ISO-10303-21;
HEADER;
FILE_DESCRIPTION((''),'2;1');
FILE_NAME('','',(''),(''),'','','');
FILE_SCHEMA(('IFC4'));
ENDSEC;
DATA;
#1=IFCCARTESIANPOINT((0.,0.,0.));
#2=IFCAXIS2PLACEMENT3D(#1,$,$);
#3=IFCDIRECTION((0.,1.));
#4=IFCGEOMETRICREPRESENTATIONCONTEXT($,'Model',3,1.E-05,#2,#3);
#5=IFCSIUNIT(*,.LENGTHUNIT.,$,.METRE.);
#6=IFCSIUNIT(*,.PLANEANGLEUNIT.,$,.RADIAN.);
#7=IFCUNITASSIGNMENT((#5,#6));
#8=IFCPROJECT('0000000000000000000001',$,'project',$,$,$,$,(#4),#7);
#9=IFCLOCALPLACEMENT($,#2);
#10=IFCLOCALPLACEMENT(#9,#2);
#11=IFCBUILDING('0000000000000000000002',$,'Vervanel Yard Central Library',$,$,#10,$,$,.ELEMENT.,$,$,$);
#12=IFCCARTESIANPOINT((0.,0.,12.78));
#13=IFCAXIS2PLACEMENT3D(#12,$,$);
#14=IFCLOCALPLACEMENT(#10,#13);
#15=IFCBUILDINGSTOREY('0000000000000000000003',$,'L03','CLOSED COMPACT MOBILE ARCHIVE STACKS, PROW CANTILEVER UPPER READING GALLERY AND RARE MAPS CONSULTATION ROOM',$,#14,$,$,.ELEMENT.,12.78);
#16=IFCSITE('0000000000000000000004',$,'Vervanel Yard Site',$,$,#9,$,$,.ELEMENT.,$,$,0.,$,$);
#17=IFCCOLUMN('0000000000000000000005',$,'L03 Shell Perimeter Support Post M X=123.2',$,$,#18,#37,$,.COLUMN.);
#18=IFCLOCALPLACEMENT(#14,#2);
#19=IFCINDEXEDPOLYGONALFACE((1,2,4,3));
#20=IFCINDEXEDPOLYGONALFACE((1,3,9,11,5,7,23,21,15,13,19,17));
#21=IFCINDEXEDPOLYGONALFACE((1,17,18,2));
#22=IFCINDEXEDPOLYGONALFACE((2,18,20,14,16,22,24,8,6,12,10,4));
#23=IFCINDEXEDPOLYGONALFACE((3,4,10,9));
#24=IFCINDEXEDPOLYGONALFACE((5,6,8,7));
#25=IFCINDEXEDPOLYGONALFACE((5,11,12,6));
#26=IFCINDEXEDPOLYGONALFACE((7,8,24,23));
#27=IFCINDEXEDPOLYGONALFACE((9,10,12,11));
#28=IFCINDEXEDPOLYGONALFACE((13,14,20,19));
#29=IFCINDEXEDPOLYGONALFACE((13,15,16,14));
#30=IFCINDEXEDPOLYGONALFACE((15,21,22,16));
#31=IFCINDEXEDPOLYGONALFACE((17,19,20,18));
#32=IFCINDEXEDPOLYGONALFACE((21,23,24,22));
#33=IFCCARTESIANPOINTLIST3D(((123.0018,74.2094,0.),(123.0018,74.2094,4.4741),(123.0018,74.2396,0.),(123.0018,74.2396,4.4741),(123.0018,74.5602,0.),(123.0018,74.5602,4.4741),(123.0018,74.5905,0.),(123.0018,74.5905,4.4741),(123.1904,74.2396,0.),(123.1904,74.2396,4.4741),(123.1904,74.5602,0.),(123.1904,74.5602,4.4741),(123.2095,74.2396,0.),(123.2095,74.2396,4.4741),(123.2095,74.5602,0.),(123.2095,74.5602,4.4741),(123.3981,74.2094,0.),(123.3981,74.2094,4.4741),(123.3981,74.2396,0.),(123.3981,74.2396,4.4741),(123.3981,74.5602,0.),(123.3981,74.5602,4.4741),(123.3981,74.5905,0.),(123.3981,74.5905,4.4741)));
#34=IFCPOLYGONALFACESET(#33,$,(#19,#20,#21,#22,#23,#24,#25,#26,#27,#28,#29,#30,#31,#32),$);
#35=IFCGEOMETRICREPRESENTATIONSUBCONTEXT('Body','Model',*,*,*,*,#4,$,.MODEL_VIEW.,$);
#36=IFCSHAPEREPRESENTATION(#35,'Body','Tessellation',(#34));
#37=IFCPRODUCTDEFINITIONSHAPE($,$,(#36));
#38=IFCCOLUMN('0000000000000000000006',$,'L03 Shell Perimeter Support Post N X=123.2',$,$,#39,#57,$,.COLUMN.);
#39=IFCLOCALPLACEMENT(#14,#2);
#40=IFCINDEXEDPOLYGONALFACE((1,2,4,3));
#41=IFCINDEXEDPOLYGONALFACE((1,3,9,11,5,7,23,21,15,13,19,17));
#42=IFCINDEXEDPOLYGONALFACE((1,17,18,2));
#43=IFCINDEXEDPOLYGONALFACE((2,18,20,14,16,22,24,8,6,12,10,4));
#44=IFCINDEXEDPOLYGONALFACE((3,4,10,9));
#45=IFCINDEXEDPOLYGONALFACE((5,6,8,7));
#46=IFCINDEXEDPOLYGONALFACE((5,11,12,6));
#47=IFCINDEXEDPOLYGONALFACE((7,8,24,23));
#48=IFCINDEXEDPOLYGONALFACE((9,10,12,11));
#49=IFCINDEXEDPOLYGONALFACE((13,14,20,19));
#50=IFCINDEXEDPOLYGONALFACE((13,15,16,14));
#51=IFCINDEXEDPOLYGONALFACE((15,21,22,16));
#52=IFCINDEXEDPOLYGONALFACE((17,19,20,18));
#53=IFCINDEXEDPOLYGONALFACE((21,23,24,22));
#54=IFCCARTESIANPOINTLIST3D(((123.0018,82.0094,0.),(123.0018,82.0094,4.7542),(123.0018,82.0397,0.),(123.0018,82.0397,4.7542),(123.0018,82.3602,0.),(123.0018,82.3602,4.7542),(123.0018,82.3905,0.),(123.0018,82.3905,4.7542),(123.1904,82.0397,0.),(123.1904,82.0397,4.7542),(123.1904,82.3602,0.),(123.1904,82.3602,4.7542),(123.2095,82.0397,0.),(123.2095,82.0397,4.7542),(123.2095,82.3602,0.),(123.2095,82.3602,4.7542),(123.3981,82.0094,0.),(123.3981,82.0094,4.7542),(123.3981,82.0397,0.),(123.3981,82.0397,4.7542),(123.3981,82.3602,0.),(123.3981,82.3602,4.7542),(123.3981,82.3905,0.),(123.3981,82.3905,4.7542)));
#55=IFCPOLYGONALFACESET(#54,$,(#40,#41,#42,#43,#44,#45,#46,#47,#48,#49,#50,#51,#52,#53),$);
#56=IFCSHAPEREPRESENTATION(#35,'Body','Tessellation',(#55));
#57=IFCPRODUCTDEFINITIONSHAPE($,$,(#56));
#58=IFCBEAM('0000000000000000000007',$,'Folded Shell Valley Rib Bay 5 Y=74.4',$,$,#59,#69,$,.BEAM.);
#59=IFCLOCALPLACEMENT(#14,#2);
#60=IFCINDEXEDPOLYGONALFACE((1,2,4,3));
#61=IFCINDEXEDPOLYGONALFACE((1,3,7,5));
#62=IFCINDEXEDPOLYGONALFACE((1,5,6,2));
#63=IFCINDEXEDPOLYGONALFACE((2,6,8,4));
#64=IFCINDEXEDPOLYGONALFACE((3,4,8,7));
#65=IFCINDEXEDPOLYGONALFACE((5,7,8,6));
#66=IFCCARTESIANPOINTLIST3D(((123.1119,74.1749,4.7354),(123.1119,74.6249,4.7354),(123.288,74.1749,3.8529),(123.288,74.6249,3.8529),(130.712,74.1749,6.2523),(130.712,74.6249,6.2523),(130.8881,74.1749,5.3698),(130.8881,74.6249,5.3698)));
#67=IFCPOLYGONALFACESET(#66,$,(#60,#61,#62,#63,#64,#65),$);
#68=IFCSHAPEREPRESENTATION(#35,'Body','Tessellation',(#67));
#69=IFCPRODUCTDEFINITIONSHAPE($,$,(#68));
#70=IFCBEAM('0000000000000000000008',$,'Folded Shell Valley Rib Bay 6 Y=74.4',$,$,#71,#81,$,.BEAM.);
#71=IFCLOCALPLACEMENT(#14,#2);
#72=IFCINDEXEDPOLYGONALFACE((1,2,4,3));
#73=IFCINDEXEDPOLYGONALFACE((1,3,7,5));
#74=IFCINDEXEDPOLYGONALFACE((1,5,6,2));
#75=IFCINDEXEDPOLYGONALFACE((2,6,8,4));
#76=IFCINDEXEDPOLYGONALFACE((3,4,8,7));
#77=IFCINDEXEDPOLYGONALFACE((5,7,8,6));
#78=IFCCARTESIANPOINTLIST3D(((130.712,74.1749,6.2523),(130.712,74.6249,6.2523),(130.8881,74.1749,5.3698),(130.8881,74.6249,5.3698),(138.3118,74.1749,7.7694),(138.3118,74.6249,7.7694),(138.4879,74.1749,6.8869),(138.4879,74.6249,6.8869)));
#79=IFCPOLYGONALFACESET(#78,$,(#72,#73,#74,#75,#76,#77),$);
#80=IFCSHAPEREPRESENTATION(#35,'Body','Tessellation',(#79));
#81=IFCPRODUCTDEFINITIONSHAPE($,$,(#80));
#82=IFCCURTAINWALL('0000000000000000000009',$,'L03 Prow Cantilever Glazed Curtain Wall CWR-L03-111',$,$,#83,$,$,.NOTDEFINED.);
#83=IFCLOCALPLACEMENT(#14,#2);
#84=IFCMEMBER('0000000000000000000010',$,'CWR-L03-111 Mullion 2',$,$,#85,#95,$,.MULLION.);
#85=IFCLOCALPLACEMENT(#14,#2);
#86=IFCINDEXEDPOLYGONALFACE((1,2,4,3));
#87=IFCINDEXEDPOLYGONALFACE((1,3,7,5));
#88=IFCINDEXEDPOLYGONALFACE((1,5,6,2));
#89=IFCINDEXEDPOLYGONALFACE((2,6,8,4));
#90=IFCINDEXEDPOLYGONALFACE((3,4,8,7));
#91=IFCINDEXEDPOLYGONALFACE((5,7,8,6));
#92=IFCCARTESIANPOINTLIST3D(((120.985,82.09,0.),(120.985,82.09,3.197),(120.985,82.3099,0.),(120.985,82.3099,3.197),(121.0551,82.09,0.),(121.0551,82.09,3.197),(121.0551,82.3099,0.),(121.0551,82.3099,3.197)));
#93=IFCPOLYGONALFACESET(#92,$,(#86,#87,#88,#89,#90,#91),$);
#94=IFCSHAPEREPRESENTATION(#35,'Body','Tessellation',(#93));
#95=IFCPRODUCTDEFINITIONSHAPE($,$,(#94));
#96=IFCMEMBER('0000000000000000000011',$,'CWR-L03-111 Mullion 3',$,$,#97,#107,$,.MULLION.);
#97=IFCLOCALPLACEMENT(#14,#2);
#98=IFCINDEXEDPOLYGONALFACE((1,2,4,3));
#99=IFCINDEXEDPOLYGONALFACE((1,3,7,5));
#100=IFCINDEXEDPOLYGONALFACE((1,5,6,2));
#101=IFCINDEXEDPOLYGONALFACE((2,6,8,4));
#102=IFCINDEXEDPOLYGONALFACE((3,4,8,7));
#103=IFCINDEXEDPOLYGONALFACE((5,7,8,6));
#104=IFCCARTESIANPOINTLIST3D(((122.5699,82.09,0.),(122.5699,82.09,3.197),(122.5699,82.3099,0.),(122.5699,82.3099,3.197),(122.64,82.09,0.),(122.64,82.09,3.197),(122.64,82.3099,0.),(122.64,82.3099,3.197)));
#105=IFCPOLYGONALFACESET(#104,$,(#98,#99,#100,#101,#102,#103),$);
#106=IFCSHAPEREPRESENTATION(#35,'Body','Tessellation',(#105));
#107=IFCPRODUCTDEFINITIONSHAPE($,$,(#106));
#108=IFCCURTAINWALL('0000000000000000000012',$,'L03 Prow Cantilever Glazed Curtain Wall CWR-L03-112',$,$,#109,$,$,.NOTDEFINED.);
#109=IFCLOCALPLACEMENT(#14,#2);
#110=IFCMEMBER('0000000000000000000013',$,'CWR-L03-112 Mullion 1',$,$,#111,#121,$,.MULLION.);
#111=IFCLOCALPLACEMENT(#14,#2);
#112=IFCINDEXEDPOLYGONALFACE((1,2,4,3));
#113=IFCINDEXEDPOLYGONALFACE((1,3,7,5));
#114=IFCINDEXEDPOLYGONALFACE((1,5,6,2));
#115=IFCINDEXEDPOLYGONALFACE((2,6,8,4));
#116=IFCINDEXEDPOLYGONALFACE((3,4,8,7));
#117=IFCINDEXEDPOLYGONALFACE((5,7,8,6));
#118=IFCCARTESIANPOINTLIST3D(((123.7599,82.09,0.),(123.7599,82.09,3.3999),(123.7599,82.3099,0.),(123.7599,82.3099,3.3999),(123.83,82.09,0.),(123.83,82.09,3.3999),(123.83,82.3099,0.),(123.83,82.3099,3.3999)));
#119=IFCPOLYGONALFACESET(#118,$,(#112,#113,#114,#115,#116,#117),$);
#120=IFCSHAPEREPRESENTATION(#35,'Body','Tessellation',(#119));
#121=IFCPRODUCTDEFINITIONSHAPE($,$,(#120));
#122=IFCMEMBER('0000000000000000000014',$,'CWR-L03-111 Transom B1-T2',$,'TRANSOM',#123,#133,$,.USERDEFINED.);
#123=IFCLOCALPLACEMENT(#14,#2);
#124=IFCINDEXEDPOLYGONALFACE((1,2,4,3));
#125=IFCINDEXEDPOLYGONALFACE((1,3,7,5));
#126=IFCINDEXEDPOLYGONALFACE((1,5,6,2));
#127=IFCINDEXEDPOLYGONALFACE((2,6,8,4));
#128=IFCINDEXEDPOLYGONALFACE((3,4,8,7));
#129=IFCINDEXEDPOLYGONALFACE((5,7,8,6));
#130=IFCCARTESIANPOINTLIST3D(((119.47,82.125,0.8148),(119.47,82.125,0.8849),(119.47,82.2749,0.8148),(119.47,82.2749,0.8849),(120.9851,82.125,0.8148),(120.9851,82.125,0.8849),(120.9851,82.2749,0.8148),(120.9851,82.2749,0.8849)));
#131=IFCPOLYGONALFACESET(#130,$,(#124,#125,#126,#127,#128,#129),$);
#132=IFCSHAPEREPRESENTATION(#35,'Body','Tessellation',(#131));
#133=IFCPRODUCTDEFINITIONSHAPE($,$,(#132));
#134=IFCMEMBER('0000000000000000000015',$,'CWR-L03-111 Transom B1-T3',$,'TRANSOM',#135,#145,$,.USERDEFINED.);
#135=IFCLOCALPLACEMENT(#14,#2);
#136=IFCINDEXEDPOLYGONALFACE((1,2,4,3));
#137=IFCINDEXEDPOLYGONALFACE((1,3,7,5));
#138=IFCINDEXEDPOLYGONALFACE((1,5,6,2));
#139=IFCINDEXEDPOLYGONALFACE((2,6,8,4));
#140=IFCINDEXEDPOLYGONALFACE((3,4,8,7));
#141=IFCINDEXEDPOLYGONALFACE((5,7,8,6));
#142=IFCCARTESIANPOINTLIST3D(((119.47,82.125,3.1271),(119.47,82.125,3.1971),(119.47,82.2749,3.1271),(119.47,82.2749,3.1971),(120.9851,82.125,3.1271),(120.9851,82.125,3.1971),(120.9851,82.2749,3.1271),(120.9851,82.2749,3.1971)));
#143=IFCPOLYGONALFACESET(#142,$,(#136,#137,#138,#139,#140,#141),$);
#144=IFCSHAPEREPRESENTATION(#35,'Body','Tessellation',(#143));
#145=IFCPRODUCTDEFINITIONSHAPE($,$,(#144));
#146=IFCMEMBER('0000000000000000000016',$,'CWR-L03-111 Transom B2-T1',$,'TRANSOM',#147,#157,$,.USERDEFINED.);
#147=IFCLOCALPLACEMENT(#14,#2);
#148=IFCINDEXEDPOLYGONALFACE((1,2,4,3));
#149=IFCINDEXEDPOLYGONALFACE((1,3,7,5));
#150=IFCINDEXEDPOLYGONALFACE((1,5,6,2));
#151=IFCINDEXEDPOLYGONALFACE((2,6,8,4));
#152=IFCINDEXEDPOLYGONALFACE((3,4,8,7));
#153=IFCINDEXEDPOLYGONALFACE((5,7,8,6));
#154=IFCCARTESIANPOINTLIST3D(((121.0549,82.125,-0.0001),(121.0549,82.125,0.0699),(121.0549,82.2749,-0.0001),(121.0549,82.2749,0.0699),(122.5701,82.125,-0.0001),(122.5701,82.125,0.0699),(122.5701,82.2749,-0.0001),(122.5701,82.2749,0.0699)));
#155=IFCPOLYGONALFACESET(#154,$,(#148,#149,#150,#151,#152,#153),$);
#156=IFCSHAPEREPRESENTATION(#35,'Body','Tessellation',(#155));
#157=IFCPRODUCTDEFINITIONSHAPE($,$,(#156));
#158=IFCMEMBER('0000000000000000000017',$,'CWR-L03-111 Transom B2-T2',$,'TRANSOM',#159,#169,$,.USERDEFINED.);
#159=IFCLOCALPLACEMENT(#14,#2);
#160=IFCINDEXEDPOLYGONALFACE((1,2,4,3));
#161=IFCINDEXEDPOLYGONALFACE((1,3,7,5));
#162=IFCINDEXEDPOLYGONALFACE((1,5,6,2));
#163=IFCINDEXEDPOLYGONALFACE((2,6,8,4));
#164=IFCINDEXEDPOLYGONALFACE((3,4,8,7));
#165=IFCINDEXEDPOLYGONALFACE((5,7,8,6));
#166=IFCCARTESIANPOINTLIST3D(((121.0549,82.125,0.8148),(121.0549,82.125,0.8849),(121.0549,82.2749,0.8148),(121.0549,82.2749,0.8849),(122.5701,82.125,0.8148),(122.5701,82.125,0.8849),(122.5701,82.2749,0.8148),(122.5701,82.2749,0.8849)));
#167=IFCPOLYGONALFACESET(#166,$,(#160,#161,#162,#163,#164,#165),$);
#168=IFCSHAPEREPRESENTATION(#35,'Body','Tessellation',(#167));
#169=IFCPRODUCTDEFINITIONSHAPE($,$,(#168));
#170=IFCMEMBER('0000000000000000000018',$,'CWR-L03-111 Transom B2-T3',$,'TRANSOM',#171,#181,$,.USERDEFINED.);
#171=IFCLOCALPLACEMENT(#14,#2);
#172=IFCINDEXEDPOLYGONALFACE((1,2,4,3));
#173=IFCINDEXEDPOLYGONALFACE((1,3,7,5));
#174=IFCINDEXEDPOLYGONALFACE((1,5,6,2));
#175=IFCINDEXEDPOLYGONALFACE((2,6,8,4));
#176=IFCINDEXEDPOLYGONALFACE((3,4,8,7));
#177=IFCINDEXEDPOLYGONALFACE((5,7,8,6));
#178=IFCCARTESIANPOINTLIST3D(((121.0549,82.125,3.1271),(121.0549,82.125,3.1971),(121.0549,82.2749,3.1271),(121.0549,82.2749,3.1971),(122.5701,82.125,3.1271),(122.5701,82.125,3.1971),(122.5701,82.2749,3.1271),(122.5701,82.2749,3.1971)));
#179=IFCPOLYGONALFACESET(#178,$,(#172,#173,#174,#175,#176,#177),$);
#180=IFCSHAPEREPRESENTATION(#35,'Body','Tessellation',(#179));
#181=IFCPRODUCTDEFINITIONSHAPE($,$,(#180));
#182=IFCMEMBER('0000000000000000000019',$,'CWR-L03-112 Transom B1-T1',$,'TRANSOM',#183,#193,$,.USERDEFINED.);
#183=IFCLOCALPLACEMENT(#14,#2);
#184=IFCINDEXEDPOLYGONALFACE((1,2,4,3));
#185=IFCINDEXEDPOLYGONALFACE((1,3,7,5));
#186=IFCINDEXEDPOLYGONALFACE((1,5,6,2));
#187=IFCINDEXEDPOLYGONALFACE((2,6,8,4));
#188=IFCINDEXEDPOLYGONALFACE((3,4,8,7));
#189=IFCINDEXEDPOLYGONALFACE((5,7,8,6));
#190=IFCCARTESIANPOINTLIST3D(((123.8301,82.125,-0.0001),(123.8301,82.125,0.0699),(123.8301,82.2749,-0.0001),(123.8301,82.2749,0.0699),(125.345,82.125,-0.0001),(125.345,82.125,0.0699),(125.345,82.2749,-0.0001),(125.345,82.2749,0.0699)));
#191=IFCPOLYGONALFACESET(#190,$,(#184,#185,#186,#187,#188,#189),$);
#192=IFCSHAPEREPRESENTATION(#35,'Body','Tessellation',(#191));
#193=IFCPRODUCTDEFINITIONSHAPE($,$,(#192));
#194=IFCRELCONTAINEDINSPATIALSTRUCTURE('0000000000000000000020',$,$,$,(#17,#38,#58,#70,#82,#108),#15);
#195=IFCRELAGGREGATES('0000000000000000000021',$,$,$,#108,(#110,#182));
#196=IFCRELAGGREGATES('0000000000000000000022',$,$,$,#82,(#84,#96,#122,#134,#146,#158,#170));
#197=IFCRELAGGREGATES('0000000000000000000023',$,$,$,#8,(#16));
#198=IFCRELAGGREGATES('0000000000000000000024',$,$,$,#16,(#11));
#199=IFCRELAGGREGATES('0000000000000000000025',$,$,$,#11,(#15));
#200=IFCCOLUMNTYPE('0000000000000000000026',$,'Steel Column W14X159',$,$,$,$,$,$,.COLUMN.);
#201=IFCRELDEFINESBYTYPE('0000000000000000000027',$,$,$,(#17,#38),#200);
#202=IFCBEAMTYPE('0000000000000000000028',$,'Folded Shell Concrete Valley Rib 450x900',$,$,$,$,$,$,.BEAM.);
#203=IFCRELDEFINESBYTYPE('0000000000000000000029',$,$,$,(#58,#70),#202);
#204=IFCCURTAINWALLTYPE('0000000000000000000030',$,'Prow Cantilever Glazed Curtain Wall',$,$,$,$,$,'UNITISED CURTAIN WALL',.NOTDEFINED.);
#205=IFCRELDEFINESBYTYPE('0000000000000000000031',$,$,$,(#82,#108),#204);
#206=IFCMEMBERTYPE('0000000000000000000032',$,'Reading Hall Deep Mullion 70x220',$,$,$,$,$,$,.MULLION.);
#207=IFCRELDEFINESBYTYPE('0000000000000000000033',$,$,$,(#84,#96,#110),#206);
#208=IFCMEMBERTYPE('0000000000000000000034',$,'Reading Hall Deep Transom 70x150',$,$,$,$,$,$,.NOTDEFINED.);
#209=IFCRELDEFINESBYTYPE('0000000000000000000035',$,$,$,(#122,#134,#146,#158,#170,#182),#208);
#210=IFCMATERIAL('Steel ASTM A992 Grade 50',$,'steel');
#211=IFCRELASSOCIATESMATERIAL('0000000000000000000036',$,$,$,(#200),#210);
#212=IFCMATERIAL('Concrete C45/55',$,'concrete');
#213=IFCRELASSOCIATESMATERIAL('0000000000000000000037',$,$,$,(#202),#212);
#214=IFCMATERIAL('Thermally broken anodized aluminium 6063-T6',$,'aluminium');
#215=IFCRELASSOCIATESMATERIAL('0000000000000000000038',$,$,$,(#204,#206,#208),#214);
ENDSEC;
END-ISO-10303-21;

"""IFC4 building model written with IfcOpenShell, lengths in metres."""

from ifc_helpers import new_model, si_unit, direction, frame, origin, origin_2d, place, context, subcontext, project, spatial, rectangle, i_section, extrude, material, material_profile, profile_set, type_object, element, aggregate, save


model = new_model("IFC4")

# Units and contexts
model_context = context("Model", 3, precision=1e-05, world=origin(), true_north=direction((0.0, 1.0)))
body_context = subcontext(model_context, "Body", "Model", "MODEL_VIEW")
ifc_project = project(units=[si_unit("LENGTHUNIT", "METRE"), si_unit("PLANEANGLEUNIT", "RADIAN")], contexts=[model_context])

# Site, building, storey
site_placement = place(None, origin())
site = spatial("IfcSite", under=ifc_project, at=site_placement, Name="Vervanel Yard Site", CompositionType="ELEMENT", RefElevation=0.0)
building_placement = place(site_placement, origin())
building = spatial("IfcBuilding", under=site, at=building_placement, Name="Vervanel Yard Central Library", CompositionType="ELEMENT")
storey_placement = place(building_placement, frame((0.0, 0.0, 12.78)))
storey = spatial("IfcBuildingStorey", under=building, at=storey_placement, Name="L03", Description="CLOSED COMPACT MOBILE ARCHIVE STACKS, PROW CANTILEVER UPPER READING GALLERY AND RARE MAPS CONSULTATION ROOM", CompositionType="ELEMENT", Elevation=12.78)

# Columns
ifc_material_1 = material(Name="Steel ASTM A992 Grade 50", Category="steel")
ifc_material_profile_1 = material_profile(ifc_material_1, i_section(OverallWidth=0.3962, OverallDepth=0.3811, WebThickness=0.019, FlangeThickness=0.0303, at=origin_2d()), Name="W14X159", Category="steel")
ifc_profile_set_1 = profile_set([ifc_material_profile_1], Name="Steel ASTM A992 Grade 50")
column_type = type_object("IfcColumnType", Name="Steel Column W14X159", PredefinedType="COLUMN", material=ifc_profile_set_1)
column_1_placement = place(storey_placement, frame((123.2, 74.3999, 0.0), z_axis=(0.0, 0.0, 1.0), x_axis=(1.0, 0.0, 0.0)))
element("IfcColumn", 1, at=column_1_placement, inside=storey, type_object=column_type, Name="L03 Shell Perimeter Support Post M X=123.2", PredefinedType="COLUMN", context=body_context, shape_type="SweptSolid", body=[
    extrude(i_section(OverallWidth=0.3962, OverallDepth=0.3811, WebThickness=0.019, FlangeThickness=0.0303, at=origin_2d()), origin(), (0.0, 0.0, 1.0), 4.4741),
])
column_2_placement = place(storey_placement, frame((123.2, 82.2, 0.0), z_axis=(0.0, 0.0, 1.0), x_axis=(1.0, 0.0, 0.0)))
element("IfcColumn", 2, at=column_2_placement, inside=storey, type_object=column_type, Name="L03 Shell Perimeter Support Post N X=123.2", PredefinedType="COLUMN", context=body_context, shape_type="SweptSolid", body=[
    extrude(i_section(OverallWidth=0.3962, OverallDepth=0.3811, WebThickness=0.019, FlangeThickness=0.0303, at=origin_2d()), origin(), (0.0, 0.0, 1.0), 4.7542),
])

# Beams
ifc_material_2 = material(Name="Concrete C45/55", Category="concrete")
ifc_material_profile_2 = material_profile(ifc_material_2, rectangle(XDim=0.45, YDim=0.8999, at=origin_2d()), Name="RC 450x900", Category="concrete")
ifc_profile_set_2 = profile_set([ifc_material_profile_2], Name="Concrete C45/55")
beam_type_1 = type_object("IfcBeamType", Name="Folded Shell Concrete Valley Rib 450x900", PredefinedType="BEAM", material=ifc_profile_set_2)
beam_1_placement = place(storey_placement, frame((123.2, 74.3999, 4.2942), z_axis=(0.980659, 0.0, 0.195722), x_axis=(0.0, 1.0, 0.0)))
element("IfcBeam", 3, at=beam_1_placement, inside=storey, type_object=beam_type_1, Name="Folded Shell Valley Rib Bay 5 Y=74.4", PredefinedType="BEAM", context=body_context, shape_type="SweptSolid", body=[
    extrude(rectangle(XDim=0.45, YDim=0.8999, at=origin_2d()), origin(), (0.0, 0.0, 1.0), 7.75),
])
beam_2_placement = place(storey_placement, frame((130.8, 74.3999, 5.811), z_axis=(0.980652, 0.0, 0.195759), x_axis=(0.0, 1.0, 0.0)))
element("IfcBeam", 4, at=beam_2_placement, inside=storey, type_object=beam_type_1, Name="Folded Shell Valley Rib Bay 6 Y=74.4", PredefinedType="BEAM", context=body_context, shape_type="SweptSolid", body=[
    extrude(rectangle(XDim=0.45, YDim=0.8999, at=origin_2d()), origin(), (0.0, 0.0, 1.0), 7.7498),
])

# Curtain wall, members
ifc_material_3 = material(Name="Thermally broken anodized aluminium 6063-T6", Category="aluminium")
curtain_wall_type = type_object("IfcCurtainWallType", Name="Prow Cantilever Glazed Curtain Wall", ElementType="UNITISED CURTAIN WALL", PredefinedType="NOTDEFINED", material=ifc_material_3)
curtain_wall_1_placement = place(storey_placement, origin())
curtain_wall_1 = element("IfcCurtainWall", 5, at=curtain_wall_1_placement, inside=storey, type_object=curtain_wall_type, Name="L03 Prow Cantilever Glazed Curtain Wall CWR-L03-111", PredefinedType="NOTDEFINED")
ifc_material_profile_3 = material_profile(ifc_material_3, rectangle(XDim=0.0701, YDim=0.22, at=origin_2d()), Name="ALU 70x220", Category="aluminium")
ifc_profile_set_3 = profile_set([ifc_material_profile_3], Name="Thermally broken anodized aluminium 6063-T6")
member_type_1 = type_object("IfcMemberType", Name="Reading Hall Deep Mullion 70x220", PredefinedType="MULLION", material=ifc_profile_set_3)
member_1_placement = place(storey_placement, frame((121.02, 82.2, 0.0), z_axis=(0.0, 0.0, 1.0), x_axis=(1.0, 0.0, 0.0)))
member_1 = element("IfcMember", 6, at=member_1_placement, type_object=member_type_1, Name="CWR-L03-111 Mullion 2", PredefinedType="MULLION", context=body_context, shape_type="SweptSolid", body=[
    extrude(rectangle(XDim=0.0701, YDim=0.22, at=origin_2d()), origin(), (0.0, 0.0, 1.0), 3.197),
])
member_2_placement = place(storey_placement, frame((122.605, 82.2, 0.0), z_axis=(0.0, 0.0, 1.0), x_axis=(1.0, 0.0, 0.0)))
member_2 = element("IfcMember", 7, at=member_2_placement, type_object=member_type_1, Name="CWR-L03-111 Mullion 3", PredefinedType="MULLION", context=body_context, shape_type="SweptSolid", body=[
    extrude(rectangle(XDim=0.0701, YDim=0.22, at=origin_2d()), origin(), (0.0, 0.0, 1.0), 3.197),
])

# Curtain wall, member
curtain_wall_2_placement = place(storey_placement, origin())
curtain_wall_2 = element("IfcCurtainWall", 8, at=curtain_wall_2_placement, inside=storey, type_object=curtain_wall_type, Name="L03 Prow Cantilever Glazed Curtain Wall CWR-L03-112", PredefinedType="NOTDEFINED")
member_3_placement = place(storey_placement, frame((123.7949, 82.2, 0.0), z_axis=(0.0, 0.0, 1.0), x_axis=(1.0, 0.0, 0.0)))
member_3 = element("IfcMember", 9, at=member_3_placement, type_object=member_type_1, Name="CWR-L03-112 Mullion 1", PredefinedType="MULLION", context=body_context, shape_type="SweptSolid", body=[
    extrude(rectangle(XDim=0.0701, YDim=0.22, at=origin_2d()), origin(), (0.0, 0.0, 1.0), 3.3999),
])

# Members
ifc_material_profile_4 = material_profile(ifc_material_3, rectangle(XDim=0.0701, YDim=0.1499, at=origin_2d()), Name="ALU 70x150", Category="aluminium")
ifc_profile_set_4 = profile_set([ifc_material_profile_4], Name="Thermally broken anodized aluminium 6063-T6")
member_type_2 = type_object("IfcMemberType", Name="Reading Hall Deep Transom 70x150", PredefinedType="NOTDEFINED", material=ifc_profile_set_4)
member_4_placement = place(storey_placement, frame((119.47, 82.2, 0.8499), z_axis=(1.0, 0.0, 0.0), x_axis=(0.0, 0.0, 1.0)))
member_4 = element("IfcMember", 10, at=member_4_placement, type_object=member_type_2, Name="CWR-L03-111 Transom B1-T2", ObjectType="TRANSOM", PredefinedType="USERDEFINED", context=body_context, shape_type="SweptSolid", body=[
    extrude(rectangle(XDim=0.0701, YDim=0.1499, at=origin_2d()), origin(), (0.0, 0.0, 1.0), 1.5151),
])
member_5_placement = place(storey_placement, frame((119.47, 82.2, 3.1621), z_axis=(1.0, 0.0, 0.0), x_axis=(0.0, 0.0, 1.0)))
member_5 = element("IfcMember", 11, at=member_5_placement, type_object=member_type_2, Name="CWR-L03-111 Transom B1-T3", ObjectType="TRANSOM", PredefinedType="USERDEFINED", context=body_context, shape_type="SweptSolid", body=[
    extrude(rectangle(XDim=0.0701, YDim=0.1499, at=origin_2d()), origin(), (0.0, 0.0, 1.0), 1.5151),
])
member_6_placement = place(storey_placement, frame((121.0549, 82.2, 0.0349), z_axis=(1.0, 0.0, 0.0), x_axis=(0.0, 0.0, 1.0)))
member_6 = element("IfcMember", 12, at=member_6_placement, type_object=member_type_2, Name="CWR-L03-111 Transom B2-T1", ObjectType="TRANSOM", PredefinedType="USERDEFINED", context=body_context, shape_type="SweptSolid", body=[
    extrude(rectangle(XDim=0.0701, YDim=0.1499, at=origin_2d()), origin(), (0.0, 0.0, 1.0), 1.5151),
])
member_7_placement = place(storey_placement, frame((121.0549, 82.2, 0.8499), z_axis=(1.0, 0.0, 0.0), x_axis=(0.0, 0.0, 1.0)))
member_7 = element("IfcMember", 13, at=member_7_placement, type_object=member_type_2, Name="CWR-L03-111 Transom B2-T2", ObjectType="TRANSOM", PredefinedType="USERDEFINED", context=body_context, shape_type="SweptSolid", body=[
    extrude(rectangle(XDim=0.0701, YDim=0.1499, at=origin_2d()), origin(), (0.0, 0.0, 1.0), 1.5151),
])
member_8_placement = place(storey_placement, frame((121.0549, 82.2, 3.1621), z_axis=(1.0, 0.0, 0.0), x_axis=(0.0, 0.0, 1.0)))
member_8 = element("IfcMember", 14, at=member_8_placement, type_object=member_type_2, Name="CWR-L03-111 Transom B2-T3", ObjectType="TRANSOM", PredefinedType="USERDEFINED", context=body_context, shape_type="SweptSolid", body=[
    extrude(rectangle(XDim=0.0701, YDim=0.1499, at=origin_2d()), origin(), (0.0, 0.0, 1.0), 1.5151),
])
member_9_placement = place(storey_placement, frame((123.8301, 82.2, 0.0349), z_axis=(1.0, 0.0, 0.0), x_axis=(0.0, 0.0, 1.0)))
member_9 = element("IfcMember", 15, at=member_9_placement, type_object=member_type_2, Name="CWR-L03-112 Transom B1-T1", ObjectType="TRANSOM", PredefinedType="USERDEFINED", context=body_context, shape_type="SweptSolid", body=[
    extrude(rectangle(XDim=0.0701, YDim=0.1499, at=origin_2d()), origin(), (0.0, 0.0, 1.0), 1.5149),
])
aggregate(curtain_wall_2, [member_3, member_9])

aggregate(curtain_wall_1, [member_1, member_2, member_4, member_5, member_6, member_7, member_8])

save(model, "model.ifc")
